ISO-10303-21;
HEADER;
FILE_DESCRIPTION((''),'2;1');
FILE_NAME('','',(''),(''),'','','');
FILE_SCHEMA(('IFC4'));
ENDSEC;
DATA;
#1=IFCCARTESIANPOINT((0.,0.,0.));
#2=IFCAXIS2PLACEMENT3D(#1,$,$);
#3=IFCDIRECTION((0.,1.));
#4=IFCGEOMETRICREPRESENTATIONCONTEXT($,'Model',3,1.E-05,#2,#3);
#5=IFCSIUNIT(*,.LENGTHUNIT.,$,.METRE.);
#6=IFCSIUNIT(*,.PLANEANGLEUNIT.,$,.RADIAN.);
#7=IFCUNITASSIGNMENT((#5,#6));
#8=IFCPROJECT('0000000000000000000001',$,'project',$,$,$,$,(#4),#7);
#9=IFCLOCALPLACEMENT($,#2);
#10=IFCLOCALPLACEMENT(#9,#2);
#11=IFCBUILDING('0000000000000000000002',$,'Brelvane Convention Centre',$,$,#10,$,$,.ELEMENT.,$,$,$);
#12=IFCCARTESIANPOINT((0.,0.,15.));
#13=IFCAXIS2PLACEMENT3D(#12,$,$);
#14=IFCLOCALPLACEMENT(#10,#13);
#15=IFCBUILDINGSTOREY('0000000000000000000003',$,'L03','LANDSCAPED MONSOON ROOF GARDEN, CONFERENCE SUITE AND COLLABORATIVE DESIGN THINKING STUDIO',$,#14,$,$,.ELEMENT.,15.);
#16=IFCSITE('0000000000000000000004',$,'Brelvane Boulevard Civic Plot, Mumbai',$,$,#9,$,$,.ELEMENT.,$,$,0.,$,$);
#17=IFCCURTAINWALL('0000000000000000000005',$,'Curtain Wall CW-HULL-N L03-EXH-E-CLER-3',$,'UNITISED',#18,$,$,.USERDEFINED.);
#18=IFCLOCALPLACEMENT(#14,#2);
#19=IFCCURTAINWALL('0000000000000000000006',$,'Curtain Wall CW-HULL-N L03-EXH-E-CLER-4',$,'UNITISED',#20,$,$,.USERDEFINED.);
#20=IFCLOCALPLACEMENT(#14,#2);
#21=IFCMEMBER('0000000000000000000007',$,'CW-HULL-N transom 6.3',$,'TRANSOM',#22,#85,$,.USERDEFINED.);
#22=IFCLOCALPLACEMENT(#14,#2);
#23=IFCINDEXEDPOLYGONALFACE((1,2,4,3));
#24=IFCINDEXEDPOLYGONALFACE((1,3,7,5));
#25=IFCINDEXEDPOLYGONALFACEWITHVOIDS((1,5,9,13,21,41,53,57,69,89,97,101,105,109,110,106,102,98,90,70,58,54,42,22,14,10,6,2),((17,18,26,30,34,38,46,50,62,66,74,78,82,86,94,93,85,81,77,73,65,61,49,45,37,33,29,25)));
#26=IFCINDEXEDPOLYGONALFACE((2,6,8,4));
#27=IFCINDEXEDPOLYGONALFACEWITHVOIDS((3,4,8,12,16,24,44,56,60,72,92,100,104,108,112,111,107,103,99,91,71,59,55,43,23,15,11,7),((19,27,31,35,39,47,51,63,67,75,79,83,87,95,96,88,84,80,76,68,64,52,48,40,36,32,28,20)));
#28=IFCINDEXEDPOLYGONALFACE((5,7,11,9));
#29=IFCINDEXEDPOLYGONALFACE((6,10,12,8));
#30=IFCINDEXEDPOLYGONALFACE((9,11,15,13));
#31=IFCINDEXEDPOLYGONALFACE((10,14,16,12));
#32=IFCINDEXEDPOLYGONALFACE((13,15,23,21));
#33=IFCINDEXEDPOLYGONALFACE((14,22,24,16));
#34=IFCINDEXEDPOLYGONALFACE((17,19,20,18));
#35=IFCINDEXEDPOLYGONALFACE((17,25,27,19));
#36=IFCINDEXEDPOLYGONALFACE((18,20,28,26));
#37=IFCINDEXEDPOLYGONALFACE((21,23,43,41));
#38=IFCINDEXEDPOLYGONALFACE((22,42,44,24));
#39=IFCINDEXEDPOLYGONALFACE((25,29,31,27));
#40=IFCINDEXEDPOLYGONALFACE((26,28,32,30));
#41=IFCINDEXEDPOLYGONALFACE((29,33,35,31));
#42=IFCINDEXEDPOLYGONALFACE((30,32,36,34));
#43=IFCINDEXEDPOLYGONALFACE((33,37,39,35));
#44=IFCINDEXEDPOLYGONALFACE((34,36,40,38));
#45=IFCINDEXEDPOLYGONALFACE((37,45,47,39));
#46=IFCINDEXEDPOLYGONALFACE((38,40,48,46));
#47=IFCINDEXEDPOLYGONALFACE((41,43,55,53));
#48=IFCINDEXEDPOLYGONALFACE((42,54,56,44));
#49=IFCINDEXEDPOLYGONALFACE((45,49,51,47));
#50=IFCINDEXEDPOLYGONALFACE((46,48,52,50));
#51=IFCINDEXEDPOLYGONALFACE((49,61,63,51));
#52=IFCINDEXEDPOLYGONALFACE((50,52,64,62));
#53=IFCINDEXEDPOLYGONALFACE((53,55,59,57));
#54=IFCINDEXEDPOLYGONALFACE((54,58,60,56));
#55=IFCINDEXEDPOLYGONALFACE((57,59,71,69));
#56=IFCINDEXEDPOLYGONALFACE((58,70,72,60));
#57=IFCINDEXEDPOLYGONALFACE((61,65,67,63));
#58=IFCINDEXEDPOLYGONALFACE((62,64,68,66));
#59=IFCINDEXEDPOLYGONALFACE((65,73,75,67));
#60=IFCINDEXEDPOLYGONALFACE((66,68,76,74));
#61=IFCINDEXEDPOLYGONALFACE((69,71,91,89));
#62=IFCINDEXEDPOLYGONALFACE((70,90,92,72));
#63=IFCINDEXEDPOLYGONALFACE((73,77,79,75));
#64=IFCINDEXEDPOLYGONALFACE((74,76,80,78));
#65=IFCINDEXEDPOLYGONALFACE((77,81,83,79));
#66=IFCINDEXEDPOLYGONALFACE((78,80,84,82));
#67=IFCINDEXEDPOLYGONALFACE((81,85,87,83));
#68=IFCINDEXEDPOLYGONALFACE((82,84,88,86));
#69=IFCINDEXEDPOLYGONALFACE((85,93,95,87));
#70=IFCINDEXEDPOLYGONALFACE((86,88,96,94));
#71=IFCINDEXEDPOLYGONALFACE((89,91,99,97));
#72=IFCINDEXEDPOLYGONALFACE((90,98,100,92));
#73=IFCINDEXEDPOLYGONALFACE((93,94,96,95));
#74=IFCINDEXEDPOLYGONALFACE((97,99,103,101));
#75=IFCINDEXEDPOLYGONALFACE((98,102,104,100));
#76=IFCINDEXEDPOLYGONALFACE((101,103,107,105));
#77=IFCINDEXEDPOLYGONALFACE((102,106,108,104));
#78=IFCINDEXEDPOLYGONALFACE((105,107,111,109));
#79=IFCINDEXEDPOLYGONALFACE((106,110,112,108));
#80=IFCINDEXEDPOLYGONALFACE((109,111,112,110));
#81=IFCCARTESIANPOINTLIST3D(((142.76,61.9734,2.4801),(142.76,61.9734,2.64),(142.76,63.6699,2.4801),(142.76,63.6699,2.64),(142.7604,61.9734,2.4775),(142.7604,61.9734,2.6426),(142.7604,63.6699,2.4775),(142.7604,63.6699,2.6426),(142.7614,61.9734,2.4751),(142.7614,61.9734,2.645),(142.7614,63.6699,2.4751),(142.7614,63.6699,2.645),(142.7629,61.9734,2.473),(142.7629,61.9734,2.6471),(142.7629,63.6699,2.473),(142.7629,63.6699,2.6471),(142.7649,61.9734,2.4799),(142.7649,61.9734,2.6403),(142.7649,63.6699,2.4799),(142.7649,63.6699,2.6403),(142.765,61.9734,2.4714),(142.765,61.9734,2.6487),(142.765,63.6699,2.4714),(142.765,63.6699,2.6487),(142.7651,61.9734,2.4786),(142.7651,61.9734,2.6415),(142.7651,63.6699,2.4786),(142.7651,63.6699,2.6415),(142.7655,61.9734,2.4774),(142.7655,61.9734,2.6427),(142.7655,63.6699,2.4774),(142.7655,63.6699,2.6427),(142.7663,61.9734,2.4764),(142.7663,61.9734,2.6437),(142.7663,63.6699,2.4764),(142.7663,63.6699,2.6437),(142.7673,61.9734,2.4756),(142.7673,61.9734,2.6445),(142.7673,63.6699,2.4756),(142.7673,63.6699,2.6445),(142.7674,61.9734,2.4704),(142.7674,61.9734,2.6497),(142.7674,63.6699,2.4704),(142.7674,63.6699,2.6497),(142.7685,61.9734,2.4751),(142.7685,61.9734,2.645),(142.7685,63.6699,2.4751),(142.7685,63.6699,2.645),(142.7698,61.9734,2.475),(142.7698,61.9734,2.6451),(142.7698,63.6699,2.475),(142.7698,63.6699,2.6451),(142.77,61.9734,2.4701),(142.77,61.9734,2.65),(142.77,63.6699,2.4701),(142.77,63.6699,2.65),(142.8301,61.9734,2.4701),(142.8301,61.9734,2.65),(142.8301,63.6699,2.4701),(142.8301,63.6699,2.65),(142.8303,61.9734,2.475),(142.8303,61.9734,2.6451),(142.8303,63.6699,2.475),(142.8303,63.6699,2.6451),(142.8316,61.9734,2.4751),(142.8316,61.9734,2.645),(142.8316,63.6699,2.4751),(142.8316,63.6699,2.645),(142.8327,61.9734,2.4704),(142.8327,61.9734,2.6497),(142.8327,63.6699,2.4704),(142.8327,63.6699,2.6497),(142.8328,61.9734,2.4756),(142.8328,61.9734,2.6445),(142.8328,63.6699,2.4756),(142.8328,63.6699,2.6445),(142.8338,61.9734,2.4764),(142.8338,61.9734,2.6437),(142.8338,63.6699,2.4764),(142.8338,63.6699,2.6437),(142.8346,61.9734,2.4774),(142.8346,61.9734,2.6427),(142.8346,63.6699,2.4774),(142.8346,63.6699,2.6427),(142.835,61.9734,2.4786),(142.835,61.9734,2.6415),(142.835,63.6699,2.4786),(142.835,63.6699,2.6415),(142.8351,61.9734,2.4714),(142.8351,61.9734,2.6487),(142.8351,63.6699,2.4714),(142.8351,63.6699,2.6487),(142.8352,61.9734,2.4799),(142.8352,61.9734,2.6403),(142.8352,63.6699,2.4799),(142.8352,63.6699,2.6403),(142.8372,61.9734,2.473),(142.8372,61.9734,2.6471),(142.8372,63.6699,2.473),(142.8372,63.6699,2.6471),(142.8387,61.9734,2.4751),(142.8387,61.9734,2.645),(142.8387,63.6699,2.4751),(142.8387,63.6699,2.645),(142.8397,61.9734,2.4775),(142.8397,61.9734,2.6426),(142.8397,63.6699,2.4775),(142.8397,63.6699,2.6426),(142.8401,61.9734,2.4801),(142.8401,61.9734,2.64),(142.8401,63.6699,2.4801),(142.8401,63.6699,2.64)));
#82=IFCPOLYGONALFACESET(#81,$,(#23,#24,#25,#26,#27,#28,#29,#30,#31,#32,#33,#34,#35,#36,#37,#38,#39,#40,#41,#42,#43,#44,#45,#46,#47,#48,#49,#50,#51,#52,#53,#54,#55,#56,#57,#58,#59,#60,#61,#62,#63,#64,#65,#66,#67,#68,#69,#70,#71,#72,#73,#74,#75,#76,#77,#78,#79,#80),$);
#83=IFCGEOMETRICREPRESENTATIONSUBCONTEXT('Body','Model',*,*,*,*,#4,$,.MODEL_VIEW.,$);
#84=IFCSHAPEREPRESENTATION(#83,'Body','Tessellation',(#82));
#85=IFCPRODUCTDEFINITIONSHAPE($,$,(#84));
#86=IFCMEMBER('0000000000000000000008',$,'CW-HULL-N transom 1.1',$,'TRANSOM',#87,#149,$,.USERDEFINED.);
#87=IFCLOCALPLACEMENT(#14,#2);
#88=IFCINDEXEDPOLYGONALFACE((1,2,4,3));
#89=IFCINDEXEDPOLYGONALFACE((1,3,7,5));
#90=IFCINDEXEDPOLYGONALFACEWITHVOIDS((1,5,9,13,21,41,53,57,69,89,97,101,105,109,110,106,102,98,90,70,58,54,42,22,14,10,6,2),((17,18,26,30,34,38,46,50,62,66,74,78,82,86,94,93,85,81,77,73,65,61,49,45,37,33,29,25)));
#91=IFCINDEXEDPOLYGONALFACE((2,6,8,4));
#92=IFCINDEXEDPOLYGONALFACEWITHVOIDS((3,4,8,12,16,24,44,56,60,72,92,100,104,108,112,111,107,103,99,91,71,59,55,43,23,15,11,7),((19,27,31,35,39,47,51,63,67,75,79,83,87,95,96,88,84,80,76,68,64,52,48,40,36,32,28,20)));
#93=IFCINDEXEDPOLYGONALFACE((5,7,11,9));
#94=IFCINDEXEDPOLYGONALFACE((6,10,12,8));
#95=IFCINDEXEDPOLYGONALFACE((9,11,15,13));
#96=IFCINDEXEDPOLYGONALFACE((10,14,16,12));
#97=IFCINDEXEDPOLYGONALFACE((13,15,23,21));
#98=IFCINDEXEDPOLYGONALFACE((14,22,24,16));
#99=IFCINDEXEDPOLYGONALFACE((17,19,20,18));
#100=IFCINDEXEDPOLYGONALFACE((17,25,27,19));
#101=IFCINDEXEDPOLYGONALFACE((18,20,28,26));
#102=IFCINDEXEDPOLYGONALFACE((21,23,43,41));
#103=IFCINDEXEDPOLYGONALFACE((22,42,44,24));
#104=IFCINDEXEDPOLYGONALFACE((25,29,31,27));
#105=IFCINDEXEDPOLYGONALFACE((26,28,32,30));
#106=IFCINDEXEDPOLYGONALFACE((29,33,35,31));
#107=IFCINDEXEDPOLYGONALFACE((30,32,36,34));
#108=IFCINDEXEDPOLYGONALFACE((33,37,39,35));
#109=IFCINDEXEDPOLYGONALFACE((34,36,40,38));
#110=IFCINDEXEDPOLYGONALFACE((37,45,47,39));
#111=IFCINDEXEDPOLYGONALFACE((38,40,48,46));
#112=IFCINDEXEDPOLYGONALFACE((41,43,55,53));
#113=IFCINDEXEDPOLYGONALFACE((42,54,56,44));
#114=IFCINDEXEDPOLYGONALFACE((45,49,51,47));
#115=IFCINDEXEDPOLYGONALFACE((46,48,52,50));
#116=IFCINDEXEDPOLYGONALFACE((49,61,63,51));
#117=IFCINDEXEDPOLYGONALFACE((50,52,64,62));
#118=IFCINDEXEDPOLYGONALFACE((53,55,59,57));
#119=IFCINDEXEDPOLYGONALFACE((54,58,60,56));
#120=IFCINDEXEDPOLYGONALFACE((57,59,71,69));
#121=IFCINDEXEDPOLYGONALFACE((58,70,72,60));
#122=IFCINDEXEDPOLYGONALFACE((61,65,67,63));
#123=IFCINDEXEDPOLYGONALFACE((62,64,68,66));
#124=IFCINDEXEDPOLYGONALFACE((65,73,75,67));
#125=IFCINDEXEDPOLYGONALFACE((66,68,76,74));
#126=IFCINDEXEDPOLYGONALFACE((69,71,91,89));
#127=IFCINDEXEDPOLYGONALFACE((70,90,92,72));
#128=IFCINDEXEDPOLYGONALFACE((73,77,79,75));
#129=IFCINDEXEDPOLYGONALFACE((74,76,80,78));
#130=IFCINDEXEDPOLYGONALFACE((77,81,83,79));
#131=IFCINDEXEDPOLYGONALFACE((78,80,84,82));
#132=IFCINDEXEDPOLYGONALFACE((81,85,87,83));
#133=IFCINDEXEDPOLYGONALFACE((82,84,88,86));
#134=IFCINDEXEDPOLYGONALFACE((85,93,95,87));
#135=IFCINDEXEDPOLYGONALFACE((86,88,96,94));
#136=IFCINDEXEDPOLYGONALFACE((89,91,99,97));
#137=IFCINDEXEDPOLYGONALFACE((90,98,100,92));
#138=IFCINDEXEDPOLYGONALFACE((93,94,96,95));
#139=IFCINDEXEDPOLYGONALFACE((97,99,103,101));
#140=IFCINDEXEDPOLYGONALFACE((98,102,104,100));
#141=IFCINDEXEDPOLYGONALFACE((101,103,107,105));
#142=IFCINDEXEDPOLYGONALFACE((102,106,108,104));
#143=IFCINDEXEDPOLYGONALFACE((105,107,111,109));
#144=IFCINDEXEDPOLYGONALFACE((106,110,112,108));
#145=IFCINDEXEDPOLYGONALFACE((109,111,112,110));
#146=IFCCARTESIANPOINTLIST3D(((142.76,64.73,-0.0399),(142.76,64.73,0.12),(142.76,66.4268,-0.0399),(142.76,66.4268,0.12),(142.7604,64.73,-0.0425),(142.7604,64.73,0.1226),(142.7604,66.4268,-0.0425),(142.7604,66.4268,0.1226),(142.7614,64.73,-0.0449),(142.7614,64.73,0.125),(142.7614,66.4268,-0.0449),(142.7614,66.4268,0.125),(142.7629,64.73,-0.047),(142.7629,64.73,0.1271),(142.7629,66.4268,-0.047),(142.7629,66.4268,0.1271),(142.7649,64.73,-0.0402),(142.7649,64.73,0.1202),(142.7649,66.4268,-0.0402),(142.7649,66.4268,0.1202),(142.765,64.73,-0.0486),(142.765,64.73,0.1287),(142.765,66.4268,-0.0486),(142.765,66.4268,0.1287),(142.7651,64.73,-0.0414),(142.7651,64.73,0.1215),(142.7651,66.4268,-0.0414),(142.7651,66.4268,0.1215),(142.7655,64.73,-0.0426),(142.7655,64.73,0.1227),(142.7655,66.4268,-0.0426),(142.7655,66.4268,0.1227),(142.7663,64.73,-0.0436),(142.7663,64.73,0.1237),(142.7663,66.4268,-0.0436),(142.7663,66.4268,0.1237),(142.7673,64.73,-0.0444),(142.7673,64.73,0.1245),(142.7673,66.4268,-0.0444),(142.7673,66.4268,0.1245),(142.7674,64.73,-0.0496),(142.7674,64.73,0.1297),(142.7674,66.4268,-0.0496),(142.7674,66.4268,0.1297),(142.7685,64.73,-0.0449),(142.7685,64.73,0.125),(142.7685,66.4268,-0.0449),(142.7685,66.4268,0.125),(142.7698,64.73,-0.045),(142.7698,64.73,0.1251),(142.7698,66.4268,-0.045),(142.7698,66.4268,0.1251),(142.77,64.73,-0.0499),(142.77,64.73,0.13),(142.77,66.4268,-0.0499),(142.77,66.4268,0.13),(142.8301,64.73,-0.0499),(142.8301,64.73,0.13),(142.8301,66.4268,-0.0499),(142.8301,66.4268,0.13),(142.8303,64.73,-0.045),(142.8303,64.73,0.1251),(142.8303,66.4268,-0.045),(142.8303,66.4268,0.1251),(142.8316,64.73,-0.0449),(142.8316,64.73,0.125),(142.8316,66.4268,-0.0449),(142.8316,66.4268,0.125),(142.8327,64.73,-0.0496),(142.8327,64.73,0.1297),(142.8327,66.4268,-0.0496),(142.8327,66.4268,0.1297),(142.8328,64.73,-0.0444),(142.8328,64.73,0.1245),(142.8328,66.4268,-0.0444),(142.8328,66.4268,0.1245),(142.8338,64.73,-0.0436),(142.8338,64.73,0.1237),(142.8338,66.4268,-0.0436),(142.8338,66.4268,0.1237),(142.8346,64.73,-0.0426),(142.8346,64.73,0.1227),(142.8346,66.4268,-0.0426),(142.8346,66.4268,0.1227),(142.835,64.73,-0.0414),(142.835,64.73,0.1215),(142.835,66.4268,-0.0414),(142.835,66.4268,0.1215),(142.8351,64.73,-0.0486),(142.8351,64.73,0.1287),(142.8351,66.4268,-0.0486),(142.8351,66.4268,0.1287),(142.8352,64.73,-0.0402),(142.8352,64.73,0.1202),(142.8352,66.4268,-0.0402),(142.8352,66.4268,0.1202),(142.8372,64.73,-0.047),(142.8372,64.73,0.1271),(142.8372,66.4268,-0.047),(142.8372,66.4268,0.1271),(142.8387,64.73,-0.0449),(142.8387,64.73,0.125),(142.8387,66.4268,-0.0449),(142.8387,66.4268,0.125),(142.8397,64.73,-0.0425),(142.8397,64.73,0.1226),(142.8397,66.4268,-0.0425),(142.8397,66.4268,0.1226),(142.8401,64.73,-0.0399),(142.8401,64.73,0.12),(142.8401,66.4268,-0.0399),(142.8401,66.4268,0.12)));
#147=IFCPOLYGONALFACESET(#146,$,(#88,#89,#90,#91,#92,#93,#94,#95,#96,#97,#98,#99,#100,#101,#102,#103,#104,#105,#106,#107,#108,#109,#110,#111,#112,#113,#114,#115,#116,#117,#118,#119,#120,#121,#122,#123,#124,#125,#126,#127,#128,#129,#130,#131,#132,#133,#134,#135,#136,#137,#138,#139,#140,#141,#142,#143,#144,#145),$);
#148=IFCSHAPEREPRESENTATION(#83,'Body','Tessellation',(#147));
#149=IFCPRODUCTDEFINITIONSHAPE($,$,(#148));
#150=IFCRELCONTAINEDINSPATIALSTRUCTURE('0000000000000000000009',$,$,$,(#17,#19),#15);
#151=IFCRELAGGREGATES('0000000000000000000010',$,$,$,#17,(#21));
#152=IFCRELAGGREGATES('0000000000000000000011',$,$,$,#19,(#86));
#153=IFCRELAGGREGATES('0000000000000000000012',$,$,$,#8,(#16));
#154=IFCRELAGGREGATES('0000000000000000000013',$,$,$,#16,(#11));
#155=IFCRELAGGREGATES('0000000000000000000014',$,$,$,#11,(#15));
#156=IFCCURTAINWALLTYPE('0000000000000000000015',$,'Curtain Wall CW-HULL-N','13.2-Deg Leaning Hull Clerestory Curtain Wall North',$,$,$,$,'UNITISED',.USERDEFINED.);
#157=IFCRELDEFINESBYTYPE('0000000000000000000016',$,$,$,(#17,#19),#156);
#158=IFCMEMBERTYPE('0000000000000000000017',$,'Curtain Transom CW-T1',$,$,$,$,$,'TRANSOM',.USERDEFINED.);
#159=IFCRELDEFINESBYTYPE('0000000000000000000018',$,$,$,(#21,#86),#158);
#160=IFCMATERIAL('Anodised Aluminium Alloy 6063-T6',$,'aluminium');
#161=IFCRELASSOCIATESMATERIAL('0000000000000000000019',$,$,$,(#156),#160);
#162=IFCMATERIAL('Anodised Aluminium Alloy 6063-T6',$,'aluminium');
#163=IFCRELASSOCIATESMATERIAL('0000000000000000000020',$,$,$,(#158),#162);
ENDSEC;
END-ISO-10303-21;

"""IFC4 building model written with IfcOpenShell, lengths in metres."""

from ifc_helpers import new_model, si_unit, direction, frame, origin, origin_2d, place, context, subcontext, project, spatial, hollow_rectangle, extrude, material, material_profile, profile_set, type_object, element, aggregate, save


model = new_model("IFC4")

# Units and contexts
model_context = context("Model", 3, precision=1e-05, world=origin(), true_north=direction((0.0, 1.0)))
body_context = subcontext(model_context, "Body", "Model", "MODEL_VIEW")
ifc_project = project(units=[si_unit("LENGTHUNIT", "METRE"), si_unit("PLANEANGLEUNIT", "RADIAN")], contexts=[model_context])

# Site, building, storey
site_placement = place(None, origin())
site = spatial("IfcSite", under=ifc_project, at=site_placement, Name="Brelvane Boulevard Civic Plot, Mumbai", CompositionType="ELEMENT", RefElevation=0.0)
building_placement = place(site_placement, origin())
building = spatial("IfcBuilding", under=site, at=building_placement, Name="Brelvane Convention Centre", CompositionType="ELEMENT")
storey_placement = place(building_placement, frame((0.0, 0.0, 15.0)))
storey = spatial("IfcBuildingStorey", under=building, at=storey_placement, Name="L03", Description="LANDSCAPED MONSOON ROOF GARDEN, CONFERENCE SUITE AND COLLABORATIVE DESIGN THINKING STUDIO", CompositionType="ELEMENT", Elevation=15.0)

# Curtain walls
ifc_material_1 = material(Name="Anodised Aluminium Alloy 6063-T6", Category="aluminium")
curtain_wall_type = type_object("IfcCurtainWallType", Name="Curtain Wall CW-HULL-N", Description="13.2-Deg Leaning Hull Clerestory Curtain Wall North", ElementType="UNITISED", PredefinedType="USERDEFINED", material=ifc_material_1)
curtain_wall_1_placement = place(storey_placement, origin())
curtain_wall_1 = element("IfcCurtainWall", 1, at=curtain_wall_1_placement, inside=storey, type_object=curtain_wall_type, Name="Curtain Wall CW-HULL-N L03-EXH-E-CLER-3", ObjectType="UNITISED", PredefinedType="USERDEFINED")
curtain_wall_2_placement = place(storey_placement, origin())
curtain_wall_2 = element("IfcCurtainWall", 2, at=curtain_wall_2_placement, inside=storey, type_object=curtain_wall_type, Name="Curtain Wall CW-HULL-N L03-EXH-E-CLER-4", ObjectType="UNITISED", PredefinedType="USERDEFINED")

# Members
ifc_material_2 = material(Name="Anodised Aluminium Alloy 6063-T6", Category="aluminium")
ifc_material_profile_1 = material_profile(ifc_material_2, hollow_rectangle(XDim=0.0801, YDim=0.1799, WallThickness=0.0049, InnerFilletRadius=0.0049, OuterFilletRadius=0.01, at=origin_2d()), Name="ALU-T 180x80x5.0")
ifc_profile_set_1 = profile_set([ifc_material_profile_1], Name="Anodised Aluminium Alloy 6063-T6")
member_type_1 = type_object("IfcMemberType", Name="Curtain Transom CW-T1", ElementType="TRANSOM", PredefinedType="USERDEFINED", material=ifc_profile_set_1)
member_1_placement = place(storey_placement, frame((142.8, 61.9734, 2.5601), z_axis=(0.0, 1.0, 0.0), x_axis=(-1.0, 0.0, 0.0)))
member_1 = element("IfcMember", 3, at=member_1_placement, type_object=member_type_1, Name="CW-HULL-N transom 6.3", ObjectType="TRANSOM", PredefinedType="USERDEFINED", context=body_context, shape_type="SweptSolid", body=[
    extrude(hollow_rectangle(XDim=0.0801, YDim=0.1799, WallThickness=0.0049, InnerFilletRadius=0.0049, OuterFilletRadius=0.01, at=origin_2d()), origin(), (0.0, 0.0, 1.0), 1.6965),
])
member_2_placement = place(storey_placement, frame((142.8, 64.73, 0.04), z_axis=(0.0, 1.0, 0.0), x_axis=(-1.0, 0.0, 0.0)))
member_2 = element("IfcMember", 4, at=member_2_placement, type_object=member_type_1, Name="CW-HULL-N transom 1.1", ObjectType="TRANSOM", PredefinedType="USERDEFINED", context=body_context, shape_type="SweptSolid", body=[
    extrude(hollow_rectangle(XDim=0.0801, YDim=0.1799, WallThickness=0.0049, InnerFilletRadius=0.0049, OuterFilletRadius=0.01, at=origin_2d()), origin(), (0.0, 0.0, 1.0), 1.6968),
])

aggregate(curtain_wall_1, [member_1])
aggregate(curtain_wall_2, [member_2])

save(model, "model.ifc")
